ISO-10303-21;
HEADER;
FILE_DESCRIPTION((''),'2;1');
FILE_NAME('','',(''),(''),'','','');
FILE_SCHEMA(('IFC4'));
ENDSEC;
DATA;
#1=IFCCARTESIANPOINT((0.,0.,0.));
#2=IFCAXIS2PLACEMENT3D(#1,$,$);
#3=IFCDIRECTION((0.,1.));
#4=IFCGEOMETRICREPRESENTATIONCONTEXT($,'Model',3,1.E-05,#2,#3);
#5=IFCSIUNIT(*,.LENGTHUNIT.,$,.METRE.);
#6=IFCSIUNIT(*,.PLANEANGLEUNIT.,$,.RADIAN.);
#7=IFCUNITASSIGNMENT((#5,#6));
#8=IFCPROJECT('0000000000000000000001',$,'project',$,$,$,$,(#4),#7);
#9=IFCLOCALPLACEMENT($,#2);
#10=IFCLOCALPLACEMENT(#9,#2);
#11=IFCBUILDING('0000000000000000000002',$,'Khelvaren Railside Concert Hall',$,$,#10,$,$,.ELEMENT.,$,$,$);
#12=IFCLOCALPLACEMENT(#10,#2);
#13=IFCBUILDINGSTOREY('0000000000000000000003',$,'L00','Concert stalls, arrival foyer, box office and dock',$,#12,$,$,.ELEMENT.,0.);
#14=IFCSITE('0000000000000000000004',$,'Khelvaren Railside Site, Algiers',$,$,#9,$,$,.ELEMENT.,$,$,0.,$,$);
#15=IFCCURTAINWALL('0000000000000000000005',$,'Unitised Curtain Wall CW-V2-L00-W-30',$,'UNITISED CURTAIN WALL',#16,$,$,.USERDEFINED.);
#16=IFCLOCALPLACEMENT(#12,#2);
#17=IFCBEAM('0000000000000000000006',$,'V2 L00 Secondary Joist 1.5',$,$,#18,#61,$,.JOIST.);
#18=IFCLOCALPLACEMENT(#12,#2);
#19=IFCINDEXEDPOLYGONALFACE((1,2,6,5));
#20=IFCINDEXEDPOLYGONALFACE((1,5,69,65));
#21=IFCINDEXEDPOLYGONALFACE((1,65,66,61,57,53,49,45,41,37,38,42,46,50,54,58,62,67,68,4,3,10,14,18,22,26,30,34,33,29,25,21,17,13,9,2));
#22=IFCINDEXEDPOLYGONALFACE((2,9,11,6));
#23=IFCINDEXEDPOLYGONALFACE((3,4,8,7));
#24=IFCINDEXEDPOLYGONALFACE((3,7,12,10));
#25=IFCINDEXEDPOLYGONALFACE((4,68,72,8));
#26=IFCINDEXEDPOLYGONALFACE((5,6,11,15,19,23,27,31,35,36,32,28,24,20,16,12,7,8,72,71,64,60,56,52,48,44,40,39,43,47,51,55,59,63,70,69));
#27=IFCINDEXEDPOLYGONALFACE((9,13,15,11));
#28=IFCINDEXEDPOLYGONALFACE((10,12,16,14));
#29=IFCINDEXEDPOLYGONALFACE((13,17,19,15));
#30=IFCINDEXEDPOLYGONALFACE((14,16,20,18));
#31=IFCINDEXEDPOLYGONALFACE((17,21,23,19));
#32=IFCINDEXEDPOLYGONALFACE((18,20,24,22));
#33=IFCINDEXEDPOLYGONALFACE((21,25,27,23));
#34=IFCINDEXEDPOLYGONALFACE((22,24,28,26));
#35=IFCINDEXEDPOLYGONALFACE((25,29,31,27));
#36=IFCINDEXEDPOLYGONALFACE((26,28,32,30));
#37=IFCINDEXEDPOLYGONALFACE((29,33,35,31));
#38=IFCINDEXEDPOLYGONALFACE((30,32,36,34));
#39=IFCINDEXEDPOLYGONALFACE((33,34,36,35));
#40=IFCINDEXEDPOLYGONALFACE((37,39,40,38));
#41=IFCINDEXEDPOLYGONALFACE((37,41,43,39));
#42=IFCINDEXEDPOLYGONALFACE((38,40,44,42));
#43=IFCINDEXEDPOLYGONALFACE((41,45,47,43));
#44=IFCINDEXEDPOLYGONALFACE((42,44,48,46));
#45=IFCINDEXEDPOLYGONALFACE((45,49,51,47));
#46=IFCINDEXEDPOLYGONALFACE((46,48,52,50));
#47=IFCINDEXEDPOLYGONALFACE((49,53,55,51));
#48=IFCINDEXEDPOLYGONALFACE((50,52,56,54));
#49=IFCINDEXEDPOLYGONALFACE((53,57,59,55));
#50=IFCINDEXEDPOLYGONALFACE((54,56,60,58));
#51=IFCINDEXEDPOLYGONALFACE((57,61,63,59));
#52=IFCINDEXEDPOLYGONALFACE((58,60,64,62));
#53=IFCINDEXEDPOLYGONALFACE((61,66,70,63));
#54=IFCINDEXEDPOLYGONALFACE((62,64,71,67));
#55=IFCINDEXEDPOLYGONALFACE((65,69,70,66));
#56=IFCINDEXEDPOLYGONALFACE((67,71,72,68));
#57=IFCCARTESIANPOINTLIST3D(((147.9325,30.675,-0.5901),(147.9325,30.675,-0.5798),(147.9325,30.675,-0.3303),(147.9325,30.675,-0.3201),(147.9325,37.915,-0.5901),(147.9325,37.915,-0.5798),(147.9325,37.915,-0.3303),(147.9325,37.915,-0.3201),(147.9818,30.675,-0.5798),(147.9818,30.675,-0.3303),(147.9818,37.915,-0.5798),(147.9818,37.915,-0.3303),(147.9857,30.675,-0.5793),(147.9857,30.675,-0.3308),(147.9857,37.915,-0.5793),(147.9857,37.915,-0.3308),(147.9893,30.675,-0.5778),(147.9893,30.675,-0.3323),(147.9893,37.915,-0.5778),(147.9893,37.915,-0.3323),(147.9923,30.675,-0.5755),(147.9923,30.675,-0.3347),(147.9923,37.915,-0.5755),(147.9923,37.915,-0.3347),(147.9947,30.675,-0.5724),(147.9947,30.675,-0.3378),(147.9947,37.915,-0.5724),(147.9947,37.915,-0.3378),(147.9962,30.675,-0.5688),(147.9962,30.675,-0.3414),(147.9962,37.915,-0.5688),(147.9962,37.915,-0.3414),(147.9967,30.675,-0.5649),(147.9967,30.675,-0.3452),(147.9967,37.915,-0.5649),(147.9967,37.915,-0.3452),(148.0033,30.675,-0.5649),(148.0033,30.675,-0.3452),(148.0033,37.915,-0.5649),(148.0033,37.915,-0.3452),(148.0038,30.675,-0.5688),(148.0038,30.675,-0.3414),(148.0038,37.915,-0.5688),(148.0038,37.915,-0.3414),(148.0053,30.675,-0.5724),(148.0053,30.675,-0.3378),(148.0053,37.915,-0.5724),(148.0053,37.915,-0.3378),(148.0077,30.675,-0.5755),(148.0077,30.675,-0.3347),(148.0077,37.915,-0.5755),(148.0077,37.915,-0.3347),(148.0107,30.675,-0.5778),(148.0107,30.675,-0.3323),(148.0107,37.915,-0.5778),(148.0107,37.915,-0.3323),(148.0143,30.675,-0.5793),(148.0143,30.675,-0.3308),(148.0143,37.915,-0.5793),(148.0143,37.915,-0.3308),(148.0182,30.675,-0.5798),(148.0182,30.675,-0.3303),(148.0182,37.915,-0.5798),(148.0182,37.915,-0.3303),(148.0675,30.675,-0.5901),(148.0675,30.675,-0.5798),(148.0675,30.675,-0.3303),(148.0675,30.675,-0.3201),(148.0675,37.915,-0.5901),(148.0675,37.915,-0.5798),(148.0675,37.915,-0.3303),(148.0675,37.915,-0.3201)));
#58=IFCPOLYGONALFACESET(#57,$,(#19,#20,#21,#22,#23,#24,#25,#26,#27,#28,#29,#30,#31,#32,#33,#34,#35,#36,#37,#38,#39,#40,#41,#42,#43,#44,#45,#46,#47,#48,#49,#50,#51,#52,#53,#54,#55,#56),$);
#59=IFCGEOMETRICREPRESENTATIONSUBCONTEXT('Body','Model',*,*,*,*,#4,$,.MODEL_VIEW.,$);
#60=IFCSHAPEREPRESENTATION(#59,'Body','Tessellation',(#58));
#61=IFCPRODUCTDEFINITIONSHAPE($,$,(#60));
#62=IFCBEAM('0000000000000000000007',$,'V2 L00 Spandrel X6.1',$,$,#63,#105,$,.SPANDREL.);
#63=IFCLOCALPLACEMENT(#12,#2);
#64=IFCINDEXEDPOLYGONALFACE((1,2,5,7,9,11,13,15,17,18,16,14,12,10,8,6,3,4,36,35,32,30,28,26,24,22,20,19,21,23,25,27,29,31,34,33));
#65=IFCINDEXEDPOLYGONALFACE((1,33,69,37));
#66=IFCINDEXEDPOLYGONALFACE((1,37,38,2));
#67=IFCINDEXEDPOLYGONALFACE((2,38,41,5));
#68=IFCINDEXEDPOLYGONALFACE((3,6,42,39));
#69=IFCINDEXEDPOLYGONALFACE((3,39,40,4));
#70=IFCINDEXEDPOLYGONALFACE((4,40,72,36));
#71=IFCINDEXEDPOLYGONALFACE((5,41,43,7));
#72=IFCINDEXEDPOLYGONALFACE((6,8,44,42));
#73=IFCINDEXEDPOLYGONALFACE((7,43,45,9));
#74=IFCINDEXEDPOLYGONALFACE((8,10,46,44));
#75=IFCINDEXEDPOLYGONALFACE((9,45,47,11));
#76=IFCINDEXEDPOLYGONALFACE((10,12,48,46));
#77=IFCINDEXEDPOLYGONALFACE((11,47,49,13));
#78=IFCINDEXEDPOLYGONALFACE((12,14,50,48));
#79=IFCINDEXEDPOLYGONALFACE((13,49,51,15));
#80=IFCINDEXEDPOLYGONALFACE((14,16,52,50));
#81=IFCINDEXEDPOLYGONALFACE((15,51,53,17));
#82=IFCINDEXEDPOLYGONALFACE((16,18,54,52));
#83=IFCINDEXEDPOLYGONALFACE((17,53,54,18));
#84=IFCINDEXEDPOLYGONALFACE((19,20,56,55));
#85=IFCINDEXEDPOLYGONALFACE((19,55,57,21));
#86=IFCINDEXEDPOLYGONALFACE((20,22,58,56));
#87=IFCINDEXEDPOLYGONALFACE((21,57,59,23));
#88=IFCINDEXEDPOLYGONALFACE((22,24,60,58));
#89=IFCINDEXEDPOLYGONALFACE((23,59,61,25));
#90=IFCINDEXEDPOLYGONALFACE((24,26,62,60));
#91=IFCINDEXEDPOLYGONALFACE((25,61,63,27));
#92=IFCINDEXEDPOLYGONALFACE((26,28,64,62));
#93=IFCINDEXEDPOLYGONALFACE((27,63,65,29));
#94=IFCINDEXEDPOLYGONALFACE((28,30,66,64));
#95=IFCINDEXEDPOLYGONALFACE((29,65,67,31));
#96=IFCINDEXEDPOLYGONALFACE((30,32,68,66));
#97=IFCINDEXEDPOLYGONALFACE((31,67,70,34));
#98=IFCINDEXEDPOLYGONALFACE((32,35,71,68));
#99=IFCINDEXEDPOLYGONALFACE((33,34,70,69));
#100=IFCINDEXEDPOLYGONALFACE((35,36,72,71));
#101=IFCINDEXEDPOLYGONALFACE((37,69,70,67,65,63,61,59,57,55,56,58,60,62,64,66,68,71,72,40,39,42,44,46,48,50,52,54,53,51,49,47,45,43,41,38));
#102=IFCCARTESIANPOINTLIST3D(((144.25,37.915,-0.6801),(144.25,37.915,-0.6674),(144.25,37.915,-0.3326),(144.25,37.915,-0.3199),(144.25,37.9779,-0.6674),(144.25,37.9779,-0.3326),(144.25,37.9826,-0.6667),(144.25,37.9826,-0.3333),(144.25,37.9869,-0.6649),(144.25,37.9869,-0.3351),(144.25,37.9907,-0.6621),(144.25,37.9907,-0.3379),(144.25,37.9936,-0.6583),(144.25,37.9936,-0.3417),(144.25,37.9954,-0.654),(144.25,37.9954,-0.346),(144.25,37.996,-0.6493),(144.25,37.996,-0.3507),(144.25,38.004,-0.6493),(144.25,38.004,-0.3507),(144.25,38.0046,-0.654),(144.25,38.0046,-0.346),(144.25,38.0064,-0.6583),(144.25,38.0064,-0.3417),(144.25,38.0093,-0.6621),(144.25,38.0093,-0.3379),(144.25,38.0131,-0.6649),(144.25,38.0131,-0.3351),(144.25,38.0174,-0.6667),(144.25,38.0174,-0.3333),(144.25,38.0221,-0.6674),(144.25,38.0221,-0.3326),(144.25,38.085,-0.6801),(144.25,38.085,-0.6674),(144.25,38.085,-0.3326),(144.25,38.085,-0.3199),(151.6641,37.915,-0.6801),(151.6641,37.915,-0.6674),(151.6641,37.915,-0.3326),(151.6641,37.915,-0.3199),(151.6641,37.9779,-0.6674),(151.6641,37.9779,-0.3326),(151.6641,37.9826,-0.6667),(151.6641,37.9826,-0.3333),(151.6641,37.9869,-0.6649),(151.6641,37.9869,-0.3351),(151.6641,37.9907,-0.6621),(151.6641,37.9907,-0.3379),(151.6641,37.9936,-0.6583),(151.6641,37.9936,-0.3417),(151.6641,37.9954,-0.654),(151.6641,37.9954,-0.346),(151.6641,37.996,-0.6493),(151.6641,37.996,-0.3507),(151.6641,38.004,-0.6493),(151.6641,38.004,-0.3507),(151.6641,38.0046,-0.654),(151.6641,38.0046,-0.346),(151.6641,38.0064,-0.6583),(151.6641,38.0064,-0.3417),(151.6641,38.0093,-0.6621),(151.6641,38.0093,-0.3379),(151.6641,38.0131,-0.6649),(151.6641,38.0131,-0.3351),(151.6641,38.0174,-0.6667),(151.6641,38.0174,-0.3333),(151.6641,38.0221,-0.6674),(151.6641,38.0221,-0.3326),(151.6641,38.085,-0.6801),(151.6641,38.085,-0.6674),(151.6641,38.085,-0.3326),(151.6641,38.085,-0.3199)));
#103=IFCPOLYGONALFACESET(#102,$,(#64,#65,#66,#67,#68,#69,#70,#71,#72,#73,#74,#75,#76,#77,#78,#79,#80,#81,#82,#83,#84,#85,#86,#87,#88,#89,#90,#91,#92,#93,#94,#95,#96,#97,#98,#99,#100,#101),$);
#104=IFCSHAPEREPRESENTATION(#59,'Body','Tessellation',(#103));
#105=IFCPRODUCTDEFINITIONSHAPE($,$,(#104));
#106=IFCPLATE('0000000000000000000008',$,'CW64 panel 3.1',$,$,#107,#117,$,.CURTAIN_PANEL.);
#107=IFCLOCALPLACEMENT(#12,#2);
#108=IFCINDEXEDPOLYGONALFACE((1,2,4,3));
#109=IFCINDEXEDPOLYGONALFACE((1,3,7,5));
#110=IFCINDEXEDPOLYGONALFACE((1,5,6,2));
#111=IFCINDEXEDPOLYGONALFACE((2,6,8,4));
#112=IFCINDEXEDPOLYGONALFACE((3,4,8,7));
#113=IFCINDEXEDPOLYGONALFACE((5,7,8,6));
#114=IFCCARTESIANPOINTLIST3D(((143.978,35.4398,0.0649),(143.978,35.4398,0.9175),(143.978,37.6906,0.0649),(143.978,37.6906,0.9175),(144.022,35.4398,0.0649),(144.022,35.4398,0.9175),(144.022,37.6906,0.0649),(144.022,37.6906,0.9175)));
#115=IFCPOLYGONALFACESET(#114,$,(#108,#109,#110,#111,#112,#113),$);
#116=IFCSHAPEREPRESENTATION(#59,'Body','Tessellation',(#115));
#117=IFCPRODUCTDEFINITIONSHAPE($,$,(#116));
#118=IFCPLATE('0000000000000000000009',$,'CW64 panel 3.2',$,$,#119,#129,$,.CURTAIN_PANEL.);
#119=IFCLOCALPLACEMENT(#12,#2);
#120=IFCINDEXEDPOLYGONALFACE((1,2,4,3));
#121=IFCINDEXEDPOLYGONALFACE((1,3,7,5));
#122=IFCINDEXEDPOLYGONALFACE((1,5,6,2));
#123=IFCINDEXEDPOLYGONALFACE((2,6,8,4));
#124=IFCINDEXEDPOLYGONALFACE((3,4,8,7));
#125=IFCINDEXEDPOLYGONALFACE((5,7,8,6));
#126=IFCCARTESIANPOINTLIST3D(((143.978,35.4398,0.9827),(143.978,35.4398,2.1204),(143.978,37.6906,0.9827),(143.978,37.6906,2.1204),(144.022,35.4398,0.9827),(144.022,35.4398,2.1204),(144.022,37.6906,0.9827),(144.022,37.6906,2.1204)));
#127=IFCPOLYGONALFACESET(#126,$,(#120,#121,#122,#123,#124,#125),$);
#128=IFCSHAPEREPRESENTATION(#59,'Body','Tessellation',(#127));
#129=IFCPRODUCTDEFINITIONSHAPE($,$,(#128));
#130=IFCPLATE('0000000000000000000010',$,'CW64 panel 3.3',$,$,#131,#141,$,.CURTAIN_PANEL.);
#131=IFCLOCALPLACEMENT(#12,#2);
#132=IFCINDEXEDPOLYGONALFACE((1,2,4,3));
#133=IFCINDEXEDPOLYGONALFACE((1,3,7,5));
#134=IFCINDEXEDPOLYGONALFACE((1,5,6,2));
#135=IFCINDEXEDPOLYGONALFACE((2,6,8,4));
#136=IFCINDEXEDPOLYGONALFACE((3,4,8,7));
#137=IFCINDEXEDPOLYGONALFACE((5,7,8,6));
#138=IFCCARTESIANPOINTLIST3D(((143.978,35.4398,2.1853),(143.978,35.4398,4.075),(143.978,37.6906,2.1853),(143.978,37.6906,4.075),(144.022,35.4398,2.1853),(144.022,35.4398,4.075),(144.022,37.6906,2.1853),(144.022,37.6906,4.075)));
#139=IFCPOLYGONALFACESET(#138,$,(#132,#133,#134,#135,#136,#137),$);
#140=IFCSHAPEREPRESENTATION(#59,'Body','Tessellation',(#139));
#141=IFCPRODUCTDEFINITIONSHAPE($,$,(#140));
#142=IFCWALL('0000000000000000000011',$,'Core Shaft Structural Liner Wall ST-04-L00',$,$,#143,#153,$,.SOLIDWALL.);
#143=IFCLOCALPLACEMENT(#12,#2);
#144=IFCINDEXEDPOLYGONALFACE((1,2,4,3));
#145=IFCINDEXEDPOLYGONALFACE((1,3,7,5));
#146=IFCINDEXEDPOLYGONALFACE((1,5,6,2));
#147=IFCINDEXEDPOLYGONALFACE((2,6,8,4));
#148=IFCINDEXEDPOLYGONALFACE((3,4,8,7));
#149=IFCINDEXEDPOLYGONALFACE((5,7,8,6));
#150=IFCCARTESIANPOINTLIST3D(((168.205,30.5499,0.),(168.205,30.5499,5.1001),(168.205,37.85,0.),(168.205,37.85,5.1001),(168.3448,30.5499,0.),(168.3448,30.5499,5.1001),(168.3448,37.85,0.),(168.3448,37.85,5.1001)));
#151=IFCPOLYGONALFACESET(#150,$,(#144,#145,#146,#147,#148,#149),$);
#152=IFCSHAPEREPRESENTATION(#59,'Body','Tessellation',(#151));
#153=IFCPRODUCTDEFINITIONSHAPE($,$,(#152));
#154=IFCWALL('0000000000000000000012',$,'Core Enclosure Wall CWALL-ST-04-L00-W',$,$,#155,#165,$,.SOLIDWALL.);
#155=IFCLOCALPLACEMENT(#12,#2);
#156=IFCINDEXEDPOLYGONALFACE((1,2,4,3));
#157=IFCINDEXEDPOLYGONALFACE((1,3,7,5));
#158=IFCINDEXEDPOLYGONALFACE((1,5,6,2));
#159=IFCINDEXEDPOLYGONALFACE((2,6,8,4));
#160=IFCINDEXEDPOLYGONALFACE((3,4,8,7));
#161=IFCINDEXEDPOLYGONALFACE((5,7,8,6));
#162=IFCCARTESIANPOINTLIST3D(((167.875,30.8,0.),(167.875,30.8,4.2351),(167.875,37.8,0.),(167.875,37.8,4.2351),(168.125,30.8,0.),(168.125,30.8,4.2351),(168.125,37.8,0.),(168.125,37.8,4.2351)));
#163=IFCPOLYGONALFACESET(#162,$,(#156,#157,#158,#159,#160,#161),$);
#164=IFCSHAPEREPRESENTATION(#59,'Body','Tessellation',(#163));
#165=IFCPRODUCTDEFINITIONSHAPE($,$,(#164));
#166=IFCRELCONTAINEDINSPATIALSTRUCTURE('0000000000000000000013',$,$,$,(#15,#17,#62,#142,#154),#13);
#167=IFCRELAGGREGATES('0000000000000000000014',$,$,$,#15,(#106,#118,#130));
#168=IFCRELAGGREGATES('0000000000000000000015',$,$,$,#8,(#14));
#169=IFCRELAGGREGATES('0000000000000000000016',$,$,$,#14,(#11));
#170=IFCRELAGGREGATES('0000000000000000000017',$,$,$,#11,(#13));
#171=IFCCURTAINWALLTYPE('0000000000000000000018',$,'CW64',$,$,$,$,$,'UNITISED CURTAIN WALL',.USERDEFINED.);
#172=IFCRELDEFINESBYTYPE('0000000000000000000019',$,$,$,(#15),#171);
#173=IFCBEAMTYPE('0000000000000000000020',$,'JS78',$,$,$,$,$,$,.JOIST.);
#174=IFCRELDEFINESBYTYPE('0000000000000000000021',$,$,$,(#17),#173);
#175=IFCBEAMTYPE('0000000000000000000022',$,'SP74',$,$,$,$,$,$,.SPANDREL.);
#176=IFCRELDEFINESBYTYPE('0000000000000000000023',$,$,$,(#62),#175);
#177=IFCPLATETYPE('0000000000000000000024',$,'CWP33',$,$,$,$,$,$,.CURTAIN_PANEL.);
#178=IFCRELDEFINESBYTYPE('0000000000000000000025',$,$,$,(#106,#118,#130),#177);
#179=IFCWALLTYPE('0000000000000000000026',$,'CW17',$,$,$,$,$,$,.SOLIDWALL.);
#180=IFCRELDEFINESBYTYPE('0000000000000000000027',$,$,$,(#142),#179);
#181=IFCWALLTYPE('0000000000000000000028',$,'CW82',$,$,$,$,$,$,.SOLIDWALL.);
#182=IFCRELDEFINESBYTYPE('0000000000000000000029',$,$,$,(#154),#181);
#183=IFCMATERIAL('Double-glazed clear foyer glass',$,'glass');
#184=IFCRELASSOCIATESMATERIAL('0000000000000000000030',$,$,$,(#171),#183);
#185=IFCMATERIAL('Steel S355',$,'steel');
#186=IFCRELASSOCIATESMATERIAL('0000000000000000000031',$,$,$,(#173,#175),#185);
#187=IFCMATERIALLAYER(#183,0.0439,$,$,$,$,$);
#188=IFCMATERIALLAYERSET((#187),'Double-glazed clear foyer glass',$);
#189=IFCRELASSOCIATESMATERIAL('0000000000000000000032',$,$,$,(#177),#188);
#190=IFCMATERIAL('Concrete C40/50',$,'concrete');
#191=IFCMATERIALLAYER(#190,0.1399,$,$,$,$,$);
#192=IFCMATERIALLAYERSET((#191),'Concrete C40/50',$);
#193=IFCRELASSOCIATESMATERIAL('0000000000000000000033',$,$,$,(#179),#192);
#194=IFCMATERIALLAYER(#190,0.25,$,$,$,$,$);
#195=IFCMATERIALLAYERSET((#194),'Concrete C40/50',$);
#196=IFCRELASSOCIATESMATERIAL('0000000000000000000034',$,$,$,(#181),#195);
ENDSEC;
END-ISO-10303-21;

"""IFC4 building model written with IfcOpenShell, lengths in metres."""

from ifc_helpers import new_model, si_unit, direction, frame, frame_2d, origin, origin_2d, place, context, subcontext, project, spatial, rectangle, i_section, extrude, material, layer, layer_set, material_profile, profile_set, type_object, element, aggregate, save


model = new_model("IFC4")

# Units and contexts
model_context = context("Model", 3, precision=1e-05, world=origin(), true_north=direction((0.0, 1.0)))
body_context = subcontext(model_context, "Body", "Model", "MODEL_VIEW")
ifc_project = project(units=[si_unit("LENGTHUNIT", "METRE"), si_unit("PLANEANGLEUNIT", "RADIAN")], contexts=[model_context])

# Site, building, storey
site_placement = place(None, origin())
site = spatial("IfcSite", under=ifc_project, at=site_placement, Name="Khelvaren Railside Site, Algiers", CompositionType="ELEMENT", RefElevation=0.0)
building_placement = place(site_placement, origin())
building = spatial("IfcBuilding", under=site, at=building_placement, Name="Khelvaren Railside Concert Hall", CompositionType="ELEMENT")
storey_placement = place(building_placement, origin())
storey = spatial("IfcBuildingStorey", under=building, at=storey_placement, Name="L00", Description="Concert stalls, arrival foyer, box office and dock", CompositionType="ELEMENT", Elevation=0.0)

# Shared definitions
ifc_material_1 = material(Name="Steel S355", Category="steel")

# Shared definitions
ifc_material_2 = material(Name="Concrete C40/50", Category="concrete")

# Curtain wall
ifc_material_3 = material(Name="Double-glazed clear foyer glass", Category="glass")
curtain_wall_type_1 = type_object("IfcCurtainWallType", Name="CW64", ElementType="UNITISED CURTAIN WALL", PredefinedType="USERDEFINED", material=ifc_material_3)
curtain_wall_1_placement = place(storey_placement, origin())
curtain_wall_1 = element("IfcCurtainWall", 1, at=curtain_wall_1_placement, inside=storey, type_object=curtain_wall_type_1, Name="Unitised Curtain Wall CW-V2-L00-W-30", ObjectType="UNITISED CURTAIN WALL", PredefinedType="USERDEFINED")

# Beams
ifc_material_profile_1 = material_profile(ifc_material_1, i_section(OverallWidth=0.135, OverallDepth=0.27, WebThickness=0.0066, FlangeThickness=0.0103, FilletRadius=0.0149, at=origin_2d()), Name="IPE 270")
ifc_profile_set_1 = profile_set([ifc_material_profile_1], Name="Steel S355")
beam_type_1 = type_object("IfcBeamType", Name="JS78", PredefinedType="JOIST", material=ifc_profile_set_1)
beam_1_placement = place(storey_placement, frame((148.0, 30.675, -0.4551), z_axis=(0.0, 1.0, 0.0), x_axis=(-1.0, 0.0, 0.0)))
element("IfcBeam", 2, at=beam_1_placement, inside=storey, type_object=beam_type_1, Name="V2 L00 Secondary Joist 1.5", PredefinedType="JOIST", context=body_context, shape_type="SweptSolid", body=[
    extrude(i_section(OverallWidth=0.135, OverallDepth=0.27, WebThickness=0.0066, FlangeThickness=0.0103, FilletRadius=0.0149, at=origin_2d()), origin(), (0.0, 0.0, 1.0), 7.24),
])
ifc_material_profile_2 = material_profile(ifc_material_1, i_section(OverallWidth=0.1699, OverallDepth=0.3601, WebThickness=0.0081, FlangeThickness=0.0127, FilletRadius=0.0181, at=origin_2d()), Name="IPE 360")
ifc_profile_set_2 = profile_set([ifc_material_profile_2], Name="Steel S355")
beam_type_2 = type_object("IfcBeamType", Name="SP74", PredefinedType="SPANDREL", material=ifc_profile_set_2)
beam_2_placement = place(storey_placement, frame((144.25, 38.0, -0.5), z_axis=(1.0, 0.0, 0.0), x_axis=(0.0, 1.0, 0.0)))
element("IfcBeam", 3, at=beam_2_placement, inside=storey, type_object=beam_type_2, Name="V2 L00 Spandrel X6.1", PredefinedType="SPANDREL", context=body_context, shape_type="SweptSolid", body=[
    extrude(i_section(OverallWidth=0.1699, OverallDepth=0.3601, WebThickness=0.0081, FlangeThickness=0.0127, FilletRadius=0.0181, at=origin_2d()), origin(), (0.0, 0.0, 1.0), 7.4141),
])

# Plates
ifc_layer_1 = layer(ifc_material_3, 0.0439)
ifc_layer_set_1 = layer_set([ifc_layer_1], Name="Double-glazed clear foyer glass")
plate_type = type_object("IfcPlateType", Name="CWP33", PredefinedType="CURTAIN_PANEL", material=ifc_layer_set_1)
plate_1_placement = place(storey_placement, frame((144.0, 36.5652, 0.0649), z_axis=(0.0, 0.0, 1.0), x_axis=(0.0, 1.0, 0.0)))
plate_1 = element("IfcPlate", 4, at=plate_1_placement, type_object=plate_type, Name="CW64 panel 3.1", PredefinedType="CURTAIN_PANEL", context=body_context, shape_type="SweptSolid", body=[
    extrude(rectangle(XDim=2.2507, YDim=0.0439, at=origin_2d()), origin(), (0.0, 0.0, 1.0), 0.8525),
])
plate_2_placement = place(storey_placement, frame((144.0, 36.5652, 0.9827), z_axis=(0.0, 0.0, 1.0), x_axis=(0.0, 1.0, 0.0)))
plate_2 = element("IfcPlate", 5, at=plate_2_placement, type_object=plate_type, Name="CW64 panel 3.2", PredefinedType="CURTAIN_PANEL", context=body_context, shape_type="SweptSolid", body=[
    extrude(rectangle(XDim=2.2507, YDim=0.0439, at=origin_2d()), origin(), (0.0, 0.0, 1.0), 1.1377),
])
plate_3_placement = place(storey_placement, frame((144.0, 36.5652, 2.1853), z_axis=(0.0, 0.0, 1.0), x_axis=(0.0, 1.0, 0.0)))
plate_3 = element("IfcPlate", 6, at=plate_3_placement, type_object=plate_type, Name="CW64 panel 3.3", PredefinedType="CURTAIN_PANEL", context=body_context, shape_type="SweptSolid", body=[
    extrude(rectangle(XDim=2.2507, YDim=0.0439, at=origin_2d()), origin(), (0.0, 0.0, 1.0), 1.8896),
])
aggregate(curtain_wall_1, [plate_1, plate_2, plate_3])

# Walls
ifc_layer_2 = layer(ifc_material_2, 0.1399)
ifc_layer_set_2 = layer_set([ifc_layer_2], Name="Concrete C40/50")
wall_type_1 = type_object("IfcWallType", Name="CW17", PredefinedType="SOLIDWALL", material=ifc_layer_set_2)
wall_1_placement = place(storey_placement, frame((168.2749, 30.55, 0.0), z_axis=(0.0, 0.0, 1.0), x_axis=(0.0, 1.0, 0.0)))
element("IfcWall", 7, at=wall_1_placement, inside=storey, type_object=wall_type_1, Name="Core Shaft Structural Liner Wall ST-04-L00", PredefinedType="SOLIDWALL", context=body_context, shape_type="SweptSolid", body=[
    extrude(rectangle(XDim=7.3, YDim=0.1399, at=frame_2d((3.6499, 0.0))), origin(), (0.0, 0.0, 1.0), 5.1001),
])
ifc_layer_3 = layer(ifc_material_2, 0.25)
ifc_layer_set_3 = layer_set([ifc_layer_3], Name="Concrete C40/50")
wall_type_2 = type_object("IfcWallType", Name="CW82", PredefinedType="SOLIDWALL", material=ifc_layer_set_3)
wall_2_placement = place(storey_placement, frame((168.0, 30.8, 0.0), z_axis=(0.0, 0.0, 1.0), x_axis=(0.0, 1.0, 0.0)))
element("IfcWall", 8, at=wall_2_placement, inside=storey, type_object=wall_type_2, Name="Core Enclosure Wall CWALL-ST-04-L00-W", PredefinedType="SOLIDWALL", context=body_context, shape_type="SweptSolid", body=[
    extrude(rectangle(XDim=7.0, YDim=0.25, at=frame_2d((3.5, 0.0))), origin(), (0.0, 0.0, 1.0), 4.2351),
])

save(model, "model.ifc")
